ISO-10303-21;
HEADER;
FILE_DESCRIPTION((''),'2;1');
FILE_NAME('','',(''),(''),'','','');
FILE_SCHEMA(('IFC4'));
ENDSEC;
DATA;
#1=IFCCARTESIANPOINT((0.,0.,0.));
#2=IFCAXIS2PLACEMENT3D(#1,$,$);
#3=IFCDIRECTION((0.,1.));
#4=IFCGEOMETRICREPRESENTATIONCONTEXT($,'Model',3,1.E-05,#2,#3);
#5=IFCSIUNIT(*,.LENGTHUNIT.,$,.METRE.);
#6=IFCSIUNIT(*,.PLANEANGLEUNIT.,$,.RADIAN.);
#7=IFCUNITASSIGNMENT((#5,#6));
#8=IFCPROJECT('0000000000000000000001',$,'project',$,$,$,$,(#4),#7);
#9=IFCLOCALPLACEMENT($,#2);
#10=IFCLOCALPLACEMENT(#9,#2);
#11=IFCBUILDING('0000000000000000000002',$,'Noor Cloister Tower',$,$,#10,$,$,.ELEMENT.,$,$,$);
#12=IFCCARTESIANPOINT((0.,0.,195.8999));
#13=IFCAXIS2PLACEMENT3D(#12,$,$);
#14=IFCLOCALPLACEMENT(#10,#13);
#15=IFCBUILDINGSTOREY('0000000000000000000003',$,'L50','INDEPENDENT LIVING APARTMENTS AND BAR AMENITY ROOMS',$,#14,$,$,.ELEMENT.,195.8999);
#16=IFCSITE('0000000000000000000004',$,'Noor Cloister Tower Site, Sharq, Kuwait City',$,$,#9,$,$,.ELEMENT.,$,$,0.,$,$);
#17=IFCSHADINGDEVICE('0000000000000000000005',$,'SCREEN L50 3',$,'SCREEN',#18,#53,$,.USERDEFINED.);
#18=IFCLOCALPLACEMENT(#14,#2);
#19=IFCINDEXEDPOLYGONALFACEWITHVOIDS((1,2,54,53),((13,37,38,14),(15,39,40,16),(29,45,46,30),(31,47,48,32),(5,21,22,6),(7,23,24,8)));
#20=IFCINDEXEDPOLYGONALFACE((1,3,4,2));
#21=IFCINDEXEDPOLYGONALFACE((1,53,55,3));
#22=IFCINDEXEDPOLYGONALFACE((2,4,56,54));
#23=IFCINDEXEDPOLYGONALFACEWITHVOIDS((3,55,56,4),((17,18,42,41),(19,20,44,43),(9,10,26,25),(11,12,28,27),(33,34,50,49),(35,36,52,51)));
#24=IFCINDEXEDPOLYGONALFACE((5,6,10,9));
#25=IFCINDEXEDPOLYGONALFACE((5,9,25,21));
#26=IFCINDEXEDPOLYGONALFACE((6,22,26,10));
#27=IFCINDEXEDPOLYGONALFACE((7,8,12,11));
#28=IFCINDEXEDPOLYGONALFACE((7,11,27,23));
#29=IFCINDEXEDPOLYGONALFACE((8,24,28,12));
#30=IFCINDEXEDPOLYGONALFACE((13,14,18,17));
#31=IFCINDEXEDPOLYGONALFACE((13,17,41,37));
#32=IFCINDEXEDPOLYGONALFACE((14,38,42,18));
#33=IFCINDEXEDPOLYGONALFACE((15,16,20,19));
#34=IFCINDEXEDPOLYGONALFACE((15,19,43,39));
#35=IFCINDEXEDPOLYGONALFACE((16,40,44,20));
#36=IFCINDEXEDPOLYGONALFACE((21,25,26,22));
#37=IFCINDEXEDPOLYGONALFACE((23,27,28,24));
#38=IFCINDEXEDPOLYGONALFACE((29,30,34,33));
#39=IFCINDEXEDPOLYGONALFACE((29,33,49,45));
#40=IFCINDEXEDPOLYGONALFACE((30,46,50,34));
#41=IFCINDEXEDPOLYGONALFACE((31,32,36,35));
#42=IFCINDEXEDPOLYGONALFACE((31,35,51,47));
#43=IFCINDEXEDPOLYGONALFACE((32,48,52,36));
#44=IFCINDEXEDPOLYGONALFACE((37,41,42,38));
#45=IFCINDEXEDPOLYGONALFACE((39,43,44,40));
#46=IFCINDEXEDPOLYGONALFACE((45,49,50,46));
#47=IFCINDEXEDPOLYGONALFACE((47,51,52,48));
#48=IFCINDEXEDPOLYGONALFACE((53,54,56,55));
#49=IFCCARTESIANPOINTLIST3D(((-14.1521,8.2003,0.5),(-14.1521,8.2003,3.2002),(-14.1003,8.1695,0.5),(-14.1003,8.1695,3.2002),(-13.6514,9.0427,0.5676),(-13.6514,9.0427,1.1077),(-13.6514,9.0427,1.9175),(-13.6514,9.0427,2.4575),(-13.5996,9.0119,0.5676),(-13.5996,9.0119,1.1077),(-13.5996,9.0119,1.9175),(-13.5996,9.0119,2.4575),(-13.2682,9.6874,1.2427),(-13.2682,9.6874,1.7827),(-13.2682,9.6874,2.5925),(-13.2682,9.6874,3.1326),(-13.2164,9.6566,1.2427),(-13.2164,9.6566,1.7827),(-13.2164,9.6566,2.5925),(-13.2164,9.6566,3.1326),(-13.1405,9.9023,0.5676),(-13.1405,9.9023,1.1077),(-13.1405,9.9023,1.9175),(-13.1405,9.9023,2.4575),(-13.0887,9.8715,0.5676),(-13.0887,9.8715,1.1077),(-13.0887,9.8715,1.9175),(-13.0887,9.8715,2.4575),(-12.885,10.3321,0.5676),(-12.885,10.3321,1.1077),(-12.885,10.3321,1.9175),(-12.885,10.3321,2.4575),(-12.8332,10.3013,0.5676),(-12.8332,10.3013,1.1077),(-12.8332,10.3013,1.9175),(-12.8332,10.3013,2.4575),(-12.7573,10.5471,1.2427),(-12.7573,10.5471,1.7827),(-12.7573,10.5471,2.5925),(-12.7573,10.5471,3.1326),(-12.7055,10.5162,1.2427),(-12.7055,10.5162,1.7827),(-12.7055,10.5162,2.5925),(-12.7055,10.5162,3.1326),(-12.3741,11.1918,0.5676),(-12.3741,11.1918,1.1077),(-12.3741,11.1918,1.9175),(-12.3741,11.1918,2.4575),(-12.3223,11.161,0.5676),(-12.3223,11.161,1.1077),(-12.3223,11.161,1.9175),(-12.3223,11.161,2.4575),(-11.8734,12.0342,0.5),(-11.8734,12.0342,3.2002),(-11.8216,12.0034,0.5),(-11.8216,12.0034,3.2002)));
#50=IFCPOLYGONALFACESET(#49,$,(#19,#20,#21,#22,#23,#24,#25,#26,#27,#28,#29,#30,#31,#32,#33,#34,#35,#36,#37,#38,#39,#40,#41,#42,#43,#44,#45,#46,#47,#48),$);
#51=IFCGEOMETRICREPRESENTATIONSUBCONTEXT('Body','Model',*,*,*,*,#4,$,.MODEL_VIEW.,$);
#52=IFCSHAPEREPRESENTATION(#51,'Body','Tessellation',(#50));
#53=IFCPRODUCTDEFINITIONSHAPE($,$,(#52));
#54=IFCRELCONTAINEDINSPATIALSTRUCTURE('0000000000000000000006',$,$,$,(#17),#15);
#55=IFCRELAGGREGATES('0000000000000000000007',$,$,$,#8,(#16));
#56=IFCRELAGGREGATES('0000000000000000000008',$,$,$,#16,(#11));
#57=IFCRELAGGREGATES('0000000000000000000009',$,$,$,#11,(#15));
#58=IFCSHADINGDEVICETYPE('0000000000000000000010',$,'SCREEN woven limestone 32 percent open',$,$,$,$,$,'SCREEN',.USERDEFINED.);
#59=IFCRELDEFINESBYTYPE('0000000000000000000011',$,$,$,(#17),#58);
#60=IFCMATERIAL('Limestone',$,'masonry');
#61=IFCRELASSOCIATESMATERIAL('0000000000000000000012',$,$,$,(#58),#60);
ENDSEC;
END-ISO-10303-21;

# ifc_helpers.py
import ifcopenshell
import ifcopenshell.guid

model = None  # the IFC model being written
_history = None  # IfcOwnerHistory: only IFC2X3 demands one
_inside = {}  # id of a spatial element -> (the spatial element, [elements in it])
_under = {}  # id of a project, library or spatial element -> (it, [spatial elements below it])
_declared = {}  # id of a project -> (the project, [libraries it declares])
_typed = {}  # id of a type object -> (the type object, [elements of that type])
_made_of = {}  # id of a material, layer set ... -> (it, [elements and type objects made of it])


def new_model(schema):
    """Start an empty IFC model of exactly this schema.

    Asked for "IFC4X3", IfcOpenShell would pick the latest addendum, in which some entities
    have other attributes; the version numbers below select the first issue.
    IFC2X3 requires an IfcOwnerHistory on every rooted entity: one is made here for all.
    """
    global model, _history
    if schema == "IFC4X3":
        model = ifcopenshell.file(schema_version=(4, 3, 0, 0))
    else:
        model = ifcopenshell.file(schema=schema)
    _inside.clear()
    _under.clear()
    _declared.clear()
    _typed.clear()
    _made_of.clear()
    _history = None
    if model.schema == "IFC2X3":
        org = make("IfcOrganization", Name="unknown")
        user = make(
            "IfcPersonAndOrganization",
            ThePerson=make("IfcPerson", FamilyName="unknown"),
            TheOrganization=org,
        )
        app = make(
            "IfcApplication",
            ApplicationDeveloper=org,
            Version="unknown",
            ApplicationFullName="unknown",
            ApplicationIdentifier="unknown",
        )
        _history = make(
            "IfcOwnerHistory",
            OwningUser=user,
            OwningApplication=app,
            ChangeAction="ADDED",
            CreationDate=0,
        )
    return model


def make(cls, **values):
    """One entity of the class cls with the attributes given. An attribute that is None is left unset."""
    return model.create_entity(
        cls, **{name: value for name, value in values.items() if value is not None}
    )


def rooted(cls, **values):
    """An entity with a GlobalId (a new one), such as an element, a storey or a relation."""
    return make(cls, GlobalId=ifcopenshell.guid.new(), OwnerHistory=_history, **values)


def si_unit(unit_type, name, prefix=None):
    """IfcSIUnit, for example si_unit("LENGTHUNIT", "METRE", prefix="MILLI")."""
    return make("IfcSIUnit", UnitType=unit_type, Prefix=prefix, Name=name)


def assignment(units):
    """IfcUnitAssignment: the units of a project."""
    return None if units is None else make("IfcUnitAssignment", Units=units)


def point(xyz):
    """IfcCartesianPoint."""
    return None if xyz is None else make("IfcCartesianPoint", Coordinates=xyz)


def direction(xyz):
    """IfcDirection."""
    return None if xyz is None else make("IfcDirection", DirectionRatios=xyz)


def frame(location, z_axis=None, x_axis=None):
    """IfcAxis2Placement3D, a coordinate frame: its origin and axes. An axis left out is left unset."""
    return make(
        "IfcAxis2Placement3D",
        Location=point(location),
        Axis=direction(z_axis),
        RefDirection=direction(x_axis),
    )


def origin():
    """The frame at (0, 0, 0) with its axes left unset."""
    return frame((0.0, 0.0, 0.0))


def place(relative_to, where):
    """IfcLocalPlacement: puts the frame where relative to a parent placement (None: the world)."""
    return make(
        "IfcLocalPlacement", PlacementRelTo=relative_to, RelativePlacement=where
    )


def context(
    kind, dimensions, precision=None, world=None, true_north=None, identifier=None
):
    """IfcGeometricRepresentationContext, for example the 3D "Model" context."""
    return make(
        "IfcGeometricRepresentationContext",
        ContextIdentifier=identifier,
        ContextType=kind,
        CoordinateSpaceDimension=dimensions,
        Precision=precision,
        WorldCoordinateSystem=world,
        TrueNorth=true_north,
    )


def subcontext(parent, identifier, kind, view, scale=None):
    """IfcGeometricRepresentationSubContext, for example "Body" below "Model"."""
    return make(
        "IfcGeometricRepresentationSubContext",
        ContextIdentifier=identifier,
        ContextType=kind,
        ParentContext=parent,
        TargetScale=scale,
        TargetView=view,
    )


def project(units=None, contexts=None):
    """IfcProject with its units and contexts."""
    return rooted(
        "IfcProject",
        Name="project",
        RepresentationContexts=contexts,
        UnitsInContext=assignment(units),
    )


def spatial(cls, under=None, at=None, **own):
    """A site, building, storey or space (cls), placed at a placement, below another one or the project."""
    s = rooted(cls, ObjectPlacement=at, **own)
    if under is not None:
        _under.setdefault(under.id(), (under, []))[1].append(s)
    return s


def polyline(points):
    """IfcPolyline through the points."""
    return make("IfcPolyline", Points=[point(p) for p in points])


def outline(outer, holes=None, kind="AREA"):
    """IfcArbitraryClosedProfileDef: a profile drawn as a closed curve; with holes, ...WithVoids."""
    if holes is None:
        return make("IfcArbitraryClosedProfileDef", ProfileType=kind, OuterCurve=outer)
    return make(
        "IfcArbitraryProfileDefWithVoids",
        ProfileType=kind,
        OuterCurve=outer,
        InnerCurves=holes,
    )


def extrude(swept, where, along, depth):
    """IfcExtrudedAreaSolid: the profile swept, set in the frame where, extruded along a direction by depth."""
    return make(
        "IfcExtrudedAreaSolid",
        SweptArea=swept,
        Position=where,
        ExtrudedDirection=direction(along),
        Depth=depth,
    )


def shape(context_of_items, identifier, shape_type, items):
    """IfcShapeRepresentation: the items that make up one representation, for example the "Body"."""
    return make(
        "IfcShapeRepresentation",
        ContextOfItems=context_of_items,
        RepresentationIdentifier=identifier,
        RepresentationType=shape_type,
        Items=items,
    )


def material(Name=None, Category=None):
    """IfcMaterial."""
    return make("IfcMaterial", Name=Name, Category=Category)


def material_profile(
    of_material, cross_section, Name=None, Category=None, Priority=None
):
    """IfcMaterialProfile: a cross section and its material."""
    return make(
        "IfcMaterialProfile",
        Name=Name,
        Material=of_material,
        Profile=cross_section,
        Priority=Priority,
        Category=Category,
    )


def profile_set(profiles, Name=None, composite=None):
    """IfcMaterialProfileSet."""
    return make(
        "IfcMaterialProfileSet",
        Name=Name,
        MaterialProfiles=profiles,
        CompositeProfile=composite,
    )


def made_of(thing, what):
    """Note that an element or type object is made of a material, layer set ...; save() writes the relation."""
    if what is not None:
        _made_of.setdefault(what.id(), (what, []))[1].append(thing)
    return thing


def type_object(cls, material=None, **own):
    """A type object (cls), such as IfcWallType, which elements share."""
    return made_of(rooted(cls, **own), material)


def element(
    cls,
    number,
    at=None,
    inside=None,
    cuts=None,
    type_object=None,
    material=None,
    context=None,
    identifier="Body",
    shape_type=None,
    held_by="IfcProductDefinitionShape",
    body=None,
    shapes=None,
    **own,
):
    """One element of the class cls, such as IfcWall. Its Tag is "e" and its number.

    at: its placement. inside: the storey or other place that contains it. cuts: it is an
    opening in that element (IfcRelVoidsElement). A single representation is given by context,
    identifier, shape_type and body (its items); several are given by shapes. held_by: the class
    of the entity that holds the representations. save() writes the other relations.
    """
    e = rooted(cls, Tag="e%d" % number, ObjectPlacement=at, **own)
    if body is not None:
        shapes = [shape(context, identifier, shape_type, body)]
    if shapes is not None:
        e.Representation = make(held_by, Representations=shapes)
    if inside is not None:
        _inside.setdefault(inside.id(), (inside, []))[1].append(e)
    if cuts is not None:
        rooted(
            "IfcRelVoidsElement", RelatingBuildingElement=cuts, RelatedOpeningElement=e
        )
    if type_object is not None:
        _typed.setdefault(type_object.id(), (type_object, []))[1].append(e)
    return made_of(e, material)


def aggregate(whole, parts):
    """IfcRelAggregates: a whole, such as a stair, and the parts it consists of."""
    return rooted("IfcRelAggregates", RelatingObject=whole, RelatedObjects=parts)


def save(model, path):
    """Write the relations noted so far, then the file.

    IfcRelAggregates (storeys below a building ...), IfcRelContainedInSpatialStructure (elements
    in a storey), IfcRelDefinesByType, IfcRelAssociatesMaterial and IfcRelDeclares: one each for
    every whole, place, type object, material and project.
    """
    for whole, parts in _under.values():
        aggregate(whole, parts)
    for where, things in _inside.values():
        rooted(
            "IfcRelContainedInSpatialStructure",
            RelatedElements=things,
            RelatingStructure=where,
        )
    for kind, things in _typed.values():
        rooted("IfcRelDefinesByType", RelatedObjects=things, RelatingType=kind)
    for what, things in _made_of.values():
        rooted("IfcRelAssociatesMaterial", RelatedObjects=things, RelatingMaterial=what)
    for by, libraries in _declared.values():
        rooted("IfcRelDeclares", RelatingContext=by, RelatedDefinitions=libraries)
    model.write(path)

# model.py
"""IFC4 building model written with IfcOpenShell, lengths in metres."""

from ifc_helpers import new_model, si_unit, direction, frame, origin, place, context, subcontext, project, spatial, polyline, outline, extrude, material, material_profile, profile_set, type_object, element, save


model = new_model("IFC4")

# Units and contexts
model_context = context("Model", 3, precision=1e-05, world=origin(), true_north=direction((0.0, 1.0)))
body_context = subcontext(model_context, "Body", "Model", "MODEL_VIEW")
ifc_project = project(units=[si_unit("LENGTHUNIT", "METRE"), si_unit("PLANEANGLEUNIT", "RADIAN")], contexts=[model_context])

# Site, building, storey
site_placement = place(None, origin())
site = spatial("IfcSite", under=ifc_project, at=site_placement, Name="Noor Cloister Tower Site, Sharq, Kuwait City", CompositionType="ELEMENT", RefElevation=0.0)
building_placement = place(site_placement, origin())
building = spatial("IfcBuilding", under=site, at=building_placement, Name="Noor Cloister Tower", CompositionType="ELEMENT")
storey_placement = place(building_placement, frame((0.0, 0.0, 195.8999)))
storey = spatial("IfcBuildingStorey", under=building, at=storey_placement, Name="L50", Description="INDEPENDENT LIVING APARTMENTS AND BAR AMENITY ROOMS", CompositionType="ELEMENT", Elevation=195.8999)

# Shading device
ifc_material_1 = material(Name="Limestone", Category="masonry")
ifc_material_profile_1 = material_profile(ifc_material_1, outline(polyline([(-2.23, -1.3501), (2.23, -1.3501), (2.23, 1.3501), (-2.23, 1.3501), (-2.23, -1.3501)]), holes=[polyline([(-1.25, -1.2825), (-0.25, -1.2825), (-0.25, -0.7424), (-1.25, -0.7424), (-1.25, -1.2825)]), polyline([(0.25, -1.2825), (1.25, -1.2825), (1.25, -0.7424), (0.25, -0.7424), (0.25, -1.2825)]), polyline([(-0.5, -0.6074), (0.5, -0.6074), (0.5, -0.0674), (-0.5, -0.0674), (-0.5, -0.6074)]), polyline([(-1.25, 0.0674), (-0.25, 0.0674), (-0.25, 0.6074), (-1.25, 0.6074), (-1.25, 0.0674)]), polyline([(0.25, 0.0674), (1.25, 0.0674), (1.25, 0.6074), (0.25, 0.6074), (0.25, 0.0674)]), polyline([(-0.5, 0.7424), (0.5, 0.7424), (0.5, 1.2825), (-0.5, 1.2825), (-0.5, 0.7424)])]), Name="Woven screen 32 percent open")
ifc_profile_set_1 = profile_set([ifc_material_profile_1], Name="Limestone")
shading_device_type = type_object("IfcShadingDeviceType", Name="SCREEN woven limestone 32 percent open", ElementType="SCREEN", PredefinedType="USERDEFINED", material=ifc_profile_set_1)
shading_device_placement = place(storey_placement, frame((-12.9609, 10.0864, 1.8501), z_axis=(-0.859632, 0.510913, 0.0), x_axis=(-0.510913, -0.859632, 0.0)))
element("IfcShadingDevice", 1, at=shading_device_placement, inside=storey, type_object=shading_device_type, Name="SCREEN L50 3", ObjectType="SCREEN", PredefinedType="USERDEFINED", context=body_context, shape_type="SweptSolid", body=[
    extrude(outline(polyline([(-2.23, -1.3501), (2.23, -1.3501), (2.23, 1.3501), (-2.23, 1.3501), (-2.23, -1.3501)]), holes=[polyline([(-1.25, -1.2825), (-0.25, -1.2825), (-0.25, -0.7424), (-1.25, -0.7424), (-1.25, -1.2825)]), polyline([(0.25, -1.2825), (1.25, -1.2825), (1.25, -0.7424), (0.25, -0.7424), (0.25, -1.2825)]), polyline([(-0.5, -0.6074), (0.5, -0.6074), (0.5, -0.0674), (-0.5, -0.0674), (-0.5, -0.6074)]), polyline([(-1.25, 0.0674), (-0.25, 0.0674), (-0.25, 0.6074), (-1.25, 0.6074), (-1.25, 0.0674)]), polyline([(0.25, 0.0674), (1.25, 0.0674), (1.25, 0.6074), (0.25, 0.6074), (0.25, 0.0674)]), polyline([(-0.5, 0.7424), (0.5, 0.7424), (0.5, 1.2825), (-0.5, 1.2825), (-0.5, 0.7424)])]), origin(), (0.0, 0.0, 1.0), 0.0603),
])

save(model, "model.ifc")
